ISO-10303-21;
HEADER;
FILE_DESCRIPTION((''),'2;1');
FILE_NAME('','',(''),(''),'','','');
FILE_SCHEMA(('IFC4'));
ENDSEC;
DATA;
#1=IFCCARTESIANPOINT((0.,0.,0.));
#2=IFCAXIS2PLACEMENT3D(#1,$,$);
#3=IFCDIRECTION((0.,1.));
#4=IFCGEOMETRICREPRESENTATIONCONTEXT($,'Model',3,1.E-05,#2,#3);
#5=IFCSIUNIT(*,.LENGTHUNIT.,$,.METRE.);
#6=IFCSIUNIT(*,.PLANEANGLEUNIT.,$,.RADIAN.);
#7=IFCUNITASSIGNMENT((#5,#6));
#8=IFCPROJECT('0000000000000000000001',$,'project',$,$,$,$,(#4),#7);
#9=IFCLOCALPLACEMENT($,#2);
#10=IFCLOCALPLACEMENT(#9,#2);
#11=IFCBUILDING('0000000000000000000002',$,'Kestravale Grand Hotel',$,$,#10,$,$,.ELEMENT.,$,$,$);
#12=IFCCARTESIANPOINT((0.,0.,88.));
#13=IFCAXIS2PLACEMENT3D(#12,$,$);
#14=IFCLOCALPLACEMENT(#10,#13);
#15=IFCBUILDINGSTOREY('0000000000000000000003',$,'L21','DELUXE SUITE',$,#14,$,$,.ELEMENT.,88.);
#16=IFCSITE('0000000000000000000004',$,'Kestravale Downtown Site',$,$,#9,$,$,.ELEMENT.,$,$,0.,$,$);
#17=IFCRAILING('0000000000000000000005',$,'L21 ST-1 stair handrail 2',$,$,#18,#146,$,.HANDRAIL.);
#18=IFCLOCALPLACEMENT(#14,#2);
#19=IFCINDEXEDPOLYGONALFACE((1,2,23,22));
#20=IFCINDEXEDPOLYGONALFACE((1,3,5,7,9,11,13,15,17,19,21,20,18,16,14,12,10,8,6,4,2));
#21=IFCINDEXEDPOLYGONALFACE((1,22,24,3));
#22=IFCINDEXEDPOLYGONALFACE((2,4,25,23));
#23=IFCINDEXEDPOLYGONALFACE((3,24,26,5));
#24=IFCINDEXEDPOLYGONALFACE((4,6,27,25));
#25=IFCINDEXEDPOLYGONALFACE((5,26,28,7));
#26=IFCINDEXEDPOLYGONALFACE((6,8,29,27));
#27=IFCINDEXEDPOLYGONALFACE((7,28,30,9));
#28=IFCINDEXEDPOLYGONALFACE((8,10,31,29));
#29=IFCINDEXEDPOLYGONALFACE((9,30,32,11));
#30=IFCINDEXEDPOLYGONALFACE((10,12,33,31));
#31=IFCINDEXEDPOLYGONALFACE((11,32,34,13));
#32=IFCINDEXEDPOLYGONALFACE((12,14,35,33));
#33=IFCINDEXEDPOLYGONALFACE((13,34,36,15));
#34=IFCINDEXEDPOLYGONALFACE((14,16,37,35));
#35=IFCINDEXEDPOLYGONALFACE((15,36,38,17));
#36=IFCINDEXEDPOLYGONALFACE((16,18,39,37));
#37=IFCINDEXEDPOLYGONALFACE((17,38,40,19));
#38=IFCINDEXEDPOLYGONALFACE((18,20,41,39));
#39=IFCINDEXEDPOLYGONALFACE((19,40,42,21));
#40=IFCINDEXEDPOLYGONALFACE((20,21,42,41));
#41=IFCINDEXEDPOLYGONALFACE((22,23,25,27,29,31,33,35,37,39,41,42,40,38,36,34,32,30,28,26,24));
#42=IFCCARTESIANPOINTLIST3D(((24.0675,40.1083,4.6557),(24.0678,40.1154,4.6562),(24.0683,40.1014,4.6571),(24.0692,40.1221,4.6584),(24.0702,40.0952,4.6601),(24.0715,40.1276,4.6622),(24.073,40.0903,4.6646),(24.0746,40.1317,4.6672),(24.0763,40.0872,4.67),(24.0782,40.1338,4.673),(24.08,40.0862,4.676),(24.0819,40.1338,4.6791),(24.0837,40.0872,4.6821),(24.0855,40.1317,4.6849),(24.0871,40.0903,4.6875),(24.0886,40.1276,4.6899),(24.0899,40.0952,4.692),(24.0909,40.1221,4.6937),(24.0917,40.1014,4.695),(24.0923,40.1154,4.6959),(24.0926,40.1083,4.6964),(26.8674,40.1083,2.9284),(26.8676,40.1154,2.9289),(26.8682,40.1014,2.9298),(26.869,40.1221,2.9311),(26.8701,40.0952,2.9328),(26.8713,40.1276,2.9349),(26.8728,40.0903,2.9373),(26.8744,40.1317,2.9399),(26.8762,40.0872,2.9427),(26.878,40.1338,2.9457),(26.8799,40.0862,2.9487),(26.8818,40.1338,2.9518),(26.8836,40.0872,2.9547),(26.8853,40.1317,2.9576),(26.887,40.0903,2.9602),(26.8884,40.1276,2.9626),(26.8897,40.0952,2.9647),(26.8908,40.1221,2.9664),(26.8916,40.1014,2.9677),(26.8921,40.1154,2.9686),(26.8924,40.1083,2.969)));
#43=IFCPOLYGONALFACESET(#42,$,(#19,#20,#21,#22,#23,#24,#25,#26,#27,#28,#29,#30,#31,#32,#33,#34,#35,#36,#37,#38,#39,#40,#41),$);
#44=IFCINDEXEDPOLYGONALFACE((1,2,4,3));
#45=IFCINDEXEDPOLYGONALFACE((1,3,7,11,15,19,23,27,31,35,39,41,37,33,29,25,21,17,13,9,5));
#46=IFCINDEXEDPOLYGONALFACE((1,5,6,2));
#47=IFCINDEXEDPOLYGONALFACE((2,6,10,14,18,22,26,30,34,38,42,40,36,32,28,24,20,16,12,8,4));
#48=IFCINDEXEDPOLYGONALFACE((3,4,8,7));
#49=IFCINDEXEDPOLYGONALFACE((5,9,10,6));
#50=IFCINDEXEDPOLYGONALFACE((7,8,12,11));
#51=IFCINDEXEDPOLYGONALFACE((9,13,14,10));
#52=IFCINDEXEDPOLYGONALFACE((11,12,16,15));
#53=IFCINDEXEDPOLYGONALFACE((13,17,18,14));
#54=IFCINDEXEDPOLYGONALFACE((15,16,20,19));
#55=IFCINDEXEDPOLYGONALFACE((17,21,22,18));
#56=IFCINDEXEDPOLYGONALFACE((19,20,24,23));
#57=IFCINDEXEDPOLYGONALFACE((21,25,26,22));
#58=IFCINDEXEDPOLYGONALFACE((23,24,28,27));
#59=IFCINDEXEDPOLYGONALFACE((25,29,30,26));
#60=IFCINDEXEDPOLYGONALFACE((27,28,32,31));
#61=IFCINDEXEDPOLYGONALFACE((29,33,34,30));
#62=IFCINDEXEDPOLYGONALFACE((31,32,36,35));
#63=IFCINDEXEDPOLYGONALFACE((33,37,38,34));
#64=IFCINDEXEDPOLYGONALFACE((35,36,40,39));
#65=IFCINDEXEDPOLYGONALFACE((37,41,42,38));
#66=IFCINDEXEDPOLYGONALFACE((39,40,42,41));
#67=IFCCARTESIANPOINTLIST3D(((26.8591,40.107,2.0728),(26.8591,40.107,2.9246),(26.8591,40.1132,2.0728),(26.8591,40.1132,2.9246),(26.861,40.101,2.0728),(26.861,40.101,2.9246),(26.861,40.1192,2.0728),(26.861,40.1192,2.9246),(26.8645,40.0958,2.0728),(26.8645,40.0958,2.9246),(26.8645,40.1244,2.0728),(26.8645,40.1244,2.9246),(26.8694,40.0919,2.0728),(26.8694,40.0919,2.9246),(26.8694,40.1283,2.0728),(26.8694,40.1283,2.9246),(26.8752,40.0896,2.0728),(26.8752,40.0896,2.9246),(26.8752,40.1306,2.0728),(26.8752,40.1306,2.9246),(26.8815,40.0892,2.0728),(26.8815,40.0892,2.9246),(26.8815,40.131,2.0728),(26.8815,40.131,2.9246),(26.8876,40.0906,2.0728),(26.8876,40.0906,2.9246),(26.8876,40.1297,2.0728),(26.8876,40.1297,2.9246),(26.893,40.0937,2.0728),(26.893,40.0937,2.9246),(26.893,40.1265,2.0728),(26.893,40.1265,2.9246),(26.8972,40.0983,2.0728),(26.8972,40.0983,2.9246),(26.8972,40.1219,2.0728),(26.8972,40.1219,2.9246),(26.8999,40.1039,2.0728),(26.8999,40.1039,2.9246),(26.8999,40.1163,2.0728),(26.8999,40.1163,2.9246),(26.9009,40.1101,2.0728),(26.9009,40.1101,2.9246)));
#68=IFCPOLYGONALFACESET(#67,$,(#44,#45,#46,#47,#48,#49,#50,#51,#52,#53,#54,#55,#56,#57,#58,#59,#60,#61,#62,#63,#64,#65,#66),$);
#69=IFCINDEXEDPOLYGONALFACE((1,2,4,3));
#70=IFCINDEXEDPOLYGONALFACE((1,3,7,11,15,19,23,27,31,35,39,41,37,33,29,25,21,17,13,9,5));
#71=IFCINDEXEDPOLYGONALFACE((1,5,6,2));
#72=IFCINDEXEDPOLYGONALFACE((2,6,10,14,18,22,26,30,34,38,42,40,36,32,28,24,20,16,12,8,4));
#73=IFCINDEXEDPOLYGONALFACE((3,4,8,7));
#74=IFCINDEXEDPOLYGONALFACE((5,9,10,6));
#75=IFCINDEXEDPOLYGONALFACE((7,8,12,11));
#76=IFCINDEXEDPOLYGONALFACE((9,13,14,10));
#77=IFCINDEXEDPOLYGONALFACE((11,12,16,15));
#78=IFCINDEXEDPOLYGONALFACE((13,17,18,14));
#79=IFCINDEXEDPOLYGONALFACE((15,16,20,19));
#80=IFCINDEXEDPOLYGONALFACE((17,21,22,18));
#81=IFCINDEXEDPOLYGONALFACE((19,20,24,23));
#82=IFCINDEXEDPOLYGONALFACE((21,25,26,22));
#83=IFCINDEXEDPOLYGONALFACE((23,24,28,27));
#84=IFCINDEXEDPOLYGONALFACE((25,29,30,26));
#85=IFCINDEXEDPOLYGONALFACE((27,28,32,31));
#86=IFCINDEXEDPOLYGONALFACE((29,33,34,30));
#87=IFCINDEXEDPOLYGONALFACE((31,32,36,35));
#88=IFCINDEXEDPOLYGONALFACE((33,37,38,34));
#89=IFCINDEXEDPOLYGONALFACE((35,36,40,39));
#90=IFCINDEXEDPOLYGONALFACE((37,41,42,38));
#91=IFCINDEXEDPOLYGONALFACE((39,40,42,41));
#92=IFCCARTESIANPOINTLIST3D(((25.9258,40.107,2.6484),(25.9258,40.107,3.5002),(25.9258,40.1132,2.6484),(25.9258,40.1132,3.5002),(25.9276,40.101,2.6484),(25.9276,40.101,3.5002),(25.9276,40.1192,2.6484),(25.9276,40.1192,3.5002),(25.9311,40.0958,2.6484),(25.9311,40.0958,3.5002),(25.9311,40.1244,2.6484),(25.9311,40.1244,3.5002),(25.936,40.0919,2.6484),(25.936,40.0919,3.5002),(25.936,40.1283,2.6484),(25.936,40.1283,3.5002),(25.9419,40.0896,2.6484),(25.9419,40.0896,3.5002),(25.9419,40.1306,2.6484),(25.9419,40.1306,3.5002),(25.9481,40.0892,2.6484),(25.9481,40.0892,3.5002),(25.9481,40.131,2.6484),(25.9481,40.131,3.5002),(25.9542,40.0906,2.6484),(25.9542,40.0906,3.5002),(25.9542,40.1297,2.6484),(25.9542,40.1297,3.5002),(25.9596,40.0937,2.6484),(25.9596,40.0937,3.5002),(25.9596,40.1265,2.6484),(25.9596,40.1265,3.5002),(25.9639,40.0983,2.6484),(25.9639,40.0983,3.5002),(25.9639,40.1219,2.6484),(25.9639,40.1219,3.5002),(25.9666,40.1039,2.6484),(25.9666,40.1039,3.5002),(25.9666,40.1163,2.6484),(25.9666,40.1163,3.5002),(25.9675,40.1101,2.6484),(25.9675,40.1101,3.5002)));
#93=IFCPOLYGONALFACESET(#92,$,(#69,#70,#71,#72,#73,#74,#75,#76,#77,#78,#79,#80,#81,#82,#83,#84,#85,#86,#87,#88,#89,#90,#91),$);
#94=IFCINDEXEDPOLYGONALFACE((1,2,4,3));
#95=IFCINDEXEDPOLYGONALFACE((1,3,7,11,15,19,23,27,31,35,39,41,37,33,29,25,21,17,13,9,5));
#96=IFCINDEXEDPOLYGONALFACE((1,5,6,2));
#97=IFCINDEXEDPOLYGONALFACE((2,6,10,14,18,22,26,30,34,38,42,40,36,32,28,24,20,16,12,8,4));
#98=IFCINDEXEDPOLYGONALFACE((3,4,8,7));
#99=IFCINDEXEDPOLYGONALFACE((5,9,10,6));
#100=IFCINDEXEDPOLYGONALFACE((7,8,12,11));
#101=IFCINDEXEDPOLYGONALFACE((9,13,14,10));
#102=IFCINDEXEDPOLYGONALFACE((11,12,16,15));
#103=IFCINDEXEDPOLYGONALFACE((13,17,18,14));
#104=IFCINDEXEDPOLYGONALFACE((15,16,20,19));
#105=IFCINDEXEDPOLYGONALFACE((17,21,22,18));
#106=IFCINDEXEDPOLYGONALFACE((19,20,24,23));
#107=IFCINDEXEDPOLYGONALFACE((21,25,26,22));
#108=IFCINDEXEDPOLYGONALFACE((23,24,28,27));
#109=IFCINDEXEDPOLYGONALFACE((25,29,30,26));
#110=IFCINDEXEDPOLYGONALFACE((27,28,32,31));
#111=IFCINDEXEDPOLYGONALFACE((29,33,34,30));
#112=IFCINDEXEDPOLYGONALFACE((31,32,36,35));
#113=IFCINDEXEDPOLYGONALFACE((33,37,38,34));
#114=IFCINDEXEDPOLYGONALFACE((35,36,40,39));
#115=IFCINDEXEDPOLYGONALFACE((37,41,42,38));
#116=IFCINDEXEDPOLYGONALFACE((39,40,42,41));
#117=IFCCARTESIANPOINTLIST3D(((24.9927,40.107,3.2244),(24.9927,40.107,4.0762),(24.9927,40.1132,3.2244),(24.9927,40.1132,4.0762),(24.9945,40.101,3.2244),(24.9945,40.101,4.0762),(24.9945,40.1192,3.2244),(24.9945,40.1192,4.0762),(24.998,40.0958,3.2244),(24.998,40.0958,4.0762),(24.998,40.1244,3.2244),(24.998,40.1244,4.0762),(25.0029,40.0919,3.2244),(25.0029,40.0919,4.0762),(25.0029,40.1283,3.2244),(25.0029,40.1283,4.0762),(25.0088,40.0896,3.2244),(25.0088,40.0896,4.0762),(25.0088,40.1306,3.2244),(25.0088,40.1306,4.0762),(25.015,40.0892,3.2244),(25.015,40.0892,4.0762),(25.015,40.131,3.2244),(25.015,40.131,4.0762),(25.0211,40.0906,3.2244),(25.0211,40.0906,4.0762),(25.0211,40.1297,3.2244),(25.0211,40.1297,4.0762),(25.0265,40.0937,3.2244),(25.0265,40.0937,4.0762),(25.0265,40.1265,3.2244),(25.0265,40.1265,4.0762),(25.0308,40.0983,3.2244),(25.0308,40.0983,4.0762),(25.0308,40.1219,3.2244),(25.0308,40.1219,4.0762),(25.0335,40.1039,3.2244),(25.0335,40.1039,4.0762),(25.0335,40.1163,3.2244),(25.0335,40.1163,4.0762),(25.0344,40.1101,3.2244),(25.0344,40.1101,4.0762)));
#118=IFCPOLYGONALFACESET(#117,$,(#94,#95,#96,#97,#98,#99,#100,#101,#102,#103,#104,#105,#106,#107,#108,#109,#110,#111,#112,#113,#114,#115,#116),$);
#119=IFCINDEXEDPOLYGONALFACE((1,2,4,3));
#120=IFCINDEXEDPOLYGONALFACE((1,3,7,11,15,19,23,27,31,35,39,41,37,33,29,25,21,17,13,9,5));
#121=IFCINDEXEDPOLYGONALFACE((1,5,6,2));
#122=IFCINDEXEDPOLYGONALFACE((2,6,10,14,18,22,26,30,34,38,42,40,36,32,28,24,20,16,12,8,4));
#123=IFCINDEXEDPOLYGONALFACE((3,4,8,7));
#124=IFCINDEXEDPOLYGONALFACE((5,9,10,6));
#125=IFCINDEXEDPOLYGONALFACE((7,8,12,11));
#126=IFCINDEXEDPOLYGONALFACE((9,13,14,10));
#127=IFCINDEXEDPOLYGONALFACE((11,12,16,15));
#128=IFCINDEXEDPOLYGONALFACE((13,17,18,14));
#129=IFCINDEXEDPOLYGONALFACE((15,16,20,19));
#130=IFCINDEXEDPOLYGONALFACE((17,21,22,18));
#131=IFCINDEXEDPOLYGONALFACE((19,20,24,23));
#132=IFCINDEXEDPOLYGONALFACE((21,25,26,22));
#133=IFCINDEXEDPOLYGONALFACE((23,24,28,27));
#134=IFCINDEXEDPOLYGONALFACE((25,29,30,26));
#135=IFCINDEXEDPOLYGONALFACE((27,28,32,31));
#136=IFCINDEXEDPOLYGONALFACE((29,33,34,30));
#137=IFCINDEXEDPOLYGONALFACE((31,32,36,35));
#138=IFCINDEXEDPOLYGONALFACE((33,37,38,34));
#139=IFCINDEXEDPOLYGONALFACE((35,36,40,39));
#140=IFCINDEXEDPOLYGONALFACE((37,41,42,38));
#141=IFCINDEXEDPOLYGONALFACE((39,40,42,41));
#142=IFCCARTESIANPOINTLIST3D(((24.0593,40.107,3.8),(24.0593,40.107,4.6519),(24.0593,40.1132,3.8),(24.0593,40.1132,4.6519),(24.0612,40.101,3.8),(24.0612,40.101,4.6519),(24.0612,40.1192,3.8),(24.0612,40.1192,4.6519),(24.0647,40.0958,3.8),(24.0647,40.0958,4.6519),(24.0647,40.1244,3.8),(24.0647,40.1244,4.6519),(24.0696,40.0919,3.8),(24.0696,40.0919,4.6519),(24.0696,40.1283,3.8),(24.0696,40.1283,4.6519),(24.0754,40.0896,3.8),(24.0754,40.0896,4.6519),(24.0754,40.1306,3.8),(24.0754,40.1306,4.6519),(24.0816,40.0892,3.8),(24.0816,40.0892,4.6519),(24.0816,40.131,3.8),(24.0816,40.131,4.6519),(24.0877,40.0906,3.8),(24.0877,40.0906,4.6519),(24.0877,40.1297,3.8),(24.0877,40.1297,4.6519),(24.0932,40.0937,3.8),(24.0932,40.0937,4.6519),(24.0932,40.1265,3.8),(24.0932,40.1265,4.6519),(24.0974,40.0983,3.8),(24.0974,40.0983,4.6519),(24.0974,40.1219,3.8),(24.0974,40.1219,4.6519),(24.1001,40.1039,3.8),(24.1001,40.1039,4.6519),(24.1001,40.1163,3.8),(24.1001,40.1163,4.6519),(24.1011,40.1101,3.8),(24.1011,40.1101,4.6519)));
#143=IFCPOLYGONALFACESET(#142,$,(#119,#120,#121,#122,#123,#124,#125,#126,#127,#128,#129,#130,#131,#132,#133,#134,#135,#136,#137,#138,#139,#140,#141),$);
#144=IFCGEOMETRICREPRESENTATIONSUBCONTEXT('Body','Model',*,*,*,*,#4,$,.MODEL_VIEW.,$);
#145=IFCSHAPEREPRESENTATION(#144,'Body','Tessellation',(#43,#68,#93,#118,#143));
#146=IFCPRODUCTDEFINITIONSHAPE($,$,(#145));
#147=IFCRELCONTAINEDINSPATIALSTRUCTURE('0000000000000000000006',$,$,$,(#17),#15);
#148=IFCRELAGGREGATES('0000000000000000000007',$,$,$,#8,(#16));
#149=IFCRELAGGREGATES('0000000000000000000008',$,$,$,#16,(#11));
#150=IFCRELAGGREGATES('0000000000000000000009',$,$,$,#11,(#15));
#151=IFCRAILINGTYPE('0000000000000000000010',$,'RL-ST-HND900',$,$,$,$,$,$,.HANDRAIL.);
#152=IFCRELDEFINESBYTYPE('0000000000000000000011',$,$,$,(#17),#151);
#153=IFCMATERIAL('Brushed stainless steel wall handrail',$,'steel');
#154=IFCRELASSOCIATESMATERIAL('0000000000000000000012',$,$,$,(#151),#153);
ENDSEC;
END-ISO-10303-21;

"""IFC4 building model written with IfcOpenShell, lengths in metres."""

from ifc_helpers import new_model, si_unit, direction, frame, origin, origin_2d, place, context, subcontext, project, spatial, circle, extrude, material, type_object, element, save


model = new_model("IFC4")

# Units and contexts
model_context = context("Model", 3, precision=1e-05, world=origin(), true_north=direction((0.0, 1.0)))
body_context = subcontext(model_context, "Body", "Model", "MODEL_VIEW")
ifc_project = project(units=[si_unit("LENGTHUNIT", "METRE"), si_unit("PLANEANGLEUNIT", "RADIAN")], contexts=[model_context])

# Site, building, storey
site_placement = place(None, origin())
site = spatial("IfcSite", under=ifc_project, at=site_placement, Name="Kestravale Downtown Site", CompositionType="ELEMENT", RefElevation=0.0)
building_placement = place(site_placement, origin())
building = spatial("IfcBuilding", under=site, at=building_placement, Name="Kestravale Grand Hotel", CompositionType="ELEMENT")
storey_placement = place(building_placement, frame((0.0, 0.0, 88.0)))
storey = spatial("IfcBuildingStorey", under=building, at=storey_placement, Name="L21", Description="DELUXE SUITE", CompositionType="ELEMENT", Elevation=88.0)

# Railing
ifc_material_1 = material(Name="Brushed stainless steel wall handrail", Category="steel")
railing_type_1 = type_object("IfcRailingType", Name="RL-ST-HND900", PredefinedType="HANDRAIL", material=ifc_material_1)
railing_1_placement = place(storey_placement, frame((26.8799, 40.1101, 2.0728)))
element("IfcRailing", 1, at=railing_1_placement, inside=storey, type_object=railing_type_1, Name="L21 ST-1 stair handrail 2", PredefinedType="HANDRAIL", context=body_context, shape_type="SweptSolid", body=[
    extrude(circle(Radius=0.0239, at=origin_2d()), frame((0.0, 0.0, 0.876), z_axis=(-0.851069, 0.0, 0.525054), x_axis=(0.0, -1.0, 0.0)), (0.0, 0.0, 1.0), 3.2898),
    extrude(circle(Radius=0.021, at=origin_2d()), origin(), (0.0, 0.0, 1.0), 0.8518),
    extrude(circle(Radius=0.021, at=origin_2d()), frame((-0.9333, 0.0, 0.5757)), (0.0, 0.0, 1.0), 0.8518),
    extrude(circle(Radius=0.021, at=origin_2d()), frame((-1.8665, 0.0, 1.1516)), (0.0, 0.0, 1.0), 0.8518),
    extrude(circle(Radius=0.021, at=origin_2d()), frame((-2.7998, 0.0, 1.7273)), (0.0, 0.0, 1.0), 0.8518),
])

save(model, "model.ifc")
